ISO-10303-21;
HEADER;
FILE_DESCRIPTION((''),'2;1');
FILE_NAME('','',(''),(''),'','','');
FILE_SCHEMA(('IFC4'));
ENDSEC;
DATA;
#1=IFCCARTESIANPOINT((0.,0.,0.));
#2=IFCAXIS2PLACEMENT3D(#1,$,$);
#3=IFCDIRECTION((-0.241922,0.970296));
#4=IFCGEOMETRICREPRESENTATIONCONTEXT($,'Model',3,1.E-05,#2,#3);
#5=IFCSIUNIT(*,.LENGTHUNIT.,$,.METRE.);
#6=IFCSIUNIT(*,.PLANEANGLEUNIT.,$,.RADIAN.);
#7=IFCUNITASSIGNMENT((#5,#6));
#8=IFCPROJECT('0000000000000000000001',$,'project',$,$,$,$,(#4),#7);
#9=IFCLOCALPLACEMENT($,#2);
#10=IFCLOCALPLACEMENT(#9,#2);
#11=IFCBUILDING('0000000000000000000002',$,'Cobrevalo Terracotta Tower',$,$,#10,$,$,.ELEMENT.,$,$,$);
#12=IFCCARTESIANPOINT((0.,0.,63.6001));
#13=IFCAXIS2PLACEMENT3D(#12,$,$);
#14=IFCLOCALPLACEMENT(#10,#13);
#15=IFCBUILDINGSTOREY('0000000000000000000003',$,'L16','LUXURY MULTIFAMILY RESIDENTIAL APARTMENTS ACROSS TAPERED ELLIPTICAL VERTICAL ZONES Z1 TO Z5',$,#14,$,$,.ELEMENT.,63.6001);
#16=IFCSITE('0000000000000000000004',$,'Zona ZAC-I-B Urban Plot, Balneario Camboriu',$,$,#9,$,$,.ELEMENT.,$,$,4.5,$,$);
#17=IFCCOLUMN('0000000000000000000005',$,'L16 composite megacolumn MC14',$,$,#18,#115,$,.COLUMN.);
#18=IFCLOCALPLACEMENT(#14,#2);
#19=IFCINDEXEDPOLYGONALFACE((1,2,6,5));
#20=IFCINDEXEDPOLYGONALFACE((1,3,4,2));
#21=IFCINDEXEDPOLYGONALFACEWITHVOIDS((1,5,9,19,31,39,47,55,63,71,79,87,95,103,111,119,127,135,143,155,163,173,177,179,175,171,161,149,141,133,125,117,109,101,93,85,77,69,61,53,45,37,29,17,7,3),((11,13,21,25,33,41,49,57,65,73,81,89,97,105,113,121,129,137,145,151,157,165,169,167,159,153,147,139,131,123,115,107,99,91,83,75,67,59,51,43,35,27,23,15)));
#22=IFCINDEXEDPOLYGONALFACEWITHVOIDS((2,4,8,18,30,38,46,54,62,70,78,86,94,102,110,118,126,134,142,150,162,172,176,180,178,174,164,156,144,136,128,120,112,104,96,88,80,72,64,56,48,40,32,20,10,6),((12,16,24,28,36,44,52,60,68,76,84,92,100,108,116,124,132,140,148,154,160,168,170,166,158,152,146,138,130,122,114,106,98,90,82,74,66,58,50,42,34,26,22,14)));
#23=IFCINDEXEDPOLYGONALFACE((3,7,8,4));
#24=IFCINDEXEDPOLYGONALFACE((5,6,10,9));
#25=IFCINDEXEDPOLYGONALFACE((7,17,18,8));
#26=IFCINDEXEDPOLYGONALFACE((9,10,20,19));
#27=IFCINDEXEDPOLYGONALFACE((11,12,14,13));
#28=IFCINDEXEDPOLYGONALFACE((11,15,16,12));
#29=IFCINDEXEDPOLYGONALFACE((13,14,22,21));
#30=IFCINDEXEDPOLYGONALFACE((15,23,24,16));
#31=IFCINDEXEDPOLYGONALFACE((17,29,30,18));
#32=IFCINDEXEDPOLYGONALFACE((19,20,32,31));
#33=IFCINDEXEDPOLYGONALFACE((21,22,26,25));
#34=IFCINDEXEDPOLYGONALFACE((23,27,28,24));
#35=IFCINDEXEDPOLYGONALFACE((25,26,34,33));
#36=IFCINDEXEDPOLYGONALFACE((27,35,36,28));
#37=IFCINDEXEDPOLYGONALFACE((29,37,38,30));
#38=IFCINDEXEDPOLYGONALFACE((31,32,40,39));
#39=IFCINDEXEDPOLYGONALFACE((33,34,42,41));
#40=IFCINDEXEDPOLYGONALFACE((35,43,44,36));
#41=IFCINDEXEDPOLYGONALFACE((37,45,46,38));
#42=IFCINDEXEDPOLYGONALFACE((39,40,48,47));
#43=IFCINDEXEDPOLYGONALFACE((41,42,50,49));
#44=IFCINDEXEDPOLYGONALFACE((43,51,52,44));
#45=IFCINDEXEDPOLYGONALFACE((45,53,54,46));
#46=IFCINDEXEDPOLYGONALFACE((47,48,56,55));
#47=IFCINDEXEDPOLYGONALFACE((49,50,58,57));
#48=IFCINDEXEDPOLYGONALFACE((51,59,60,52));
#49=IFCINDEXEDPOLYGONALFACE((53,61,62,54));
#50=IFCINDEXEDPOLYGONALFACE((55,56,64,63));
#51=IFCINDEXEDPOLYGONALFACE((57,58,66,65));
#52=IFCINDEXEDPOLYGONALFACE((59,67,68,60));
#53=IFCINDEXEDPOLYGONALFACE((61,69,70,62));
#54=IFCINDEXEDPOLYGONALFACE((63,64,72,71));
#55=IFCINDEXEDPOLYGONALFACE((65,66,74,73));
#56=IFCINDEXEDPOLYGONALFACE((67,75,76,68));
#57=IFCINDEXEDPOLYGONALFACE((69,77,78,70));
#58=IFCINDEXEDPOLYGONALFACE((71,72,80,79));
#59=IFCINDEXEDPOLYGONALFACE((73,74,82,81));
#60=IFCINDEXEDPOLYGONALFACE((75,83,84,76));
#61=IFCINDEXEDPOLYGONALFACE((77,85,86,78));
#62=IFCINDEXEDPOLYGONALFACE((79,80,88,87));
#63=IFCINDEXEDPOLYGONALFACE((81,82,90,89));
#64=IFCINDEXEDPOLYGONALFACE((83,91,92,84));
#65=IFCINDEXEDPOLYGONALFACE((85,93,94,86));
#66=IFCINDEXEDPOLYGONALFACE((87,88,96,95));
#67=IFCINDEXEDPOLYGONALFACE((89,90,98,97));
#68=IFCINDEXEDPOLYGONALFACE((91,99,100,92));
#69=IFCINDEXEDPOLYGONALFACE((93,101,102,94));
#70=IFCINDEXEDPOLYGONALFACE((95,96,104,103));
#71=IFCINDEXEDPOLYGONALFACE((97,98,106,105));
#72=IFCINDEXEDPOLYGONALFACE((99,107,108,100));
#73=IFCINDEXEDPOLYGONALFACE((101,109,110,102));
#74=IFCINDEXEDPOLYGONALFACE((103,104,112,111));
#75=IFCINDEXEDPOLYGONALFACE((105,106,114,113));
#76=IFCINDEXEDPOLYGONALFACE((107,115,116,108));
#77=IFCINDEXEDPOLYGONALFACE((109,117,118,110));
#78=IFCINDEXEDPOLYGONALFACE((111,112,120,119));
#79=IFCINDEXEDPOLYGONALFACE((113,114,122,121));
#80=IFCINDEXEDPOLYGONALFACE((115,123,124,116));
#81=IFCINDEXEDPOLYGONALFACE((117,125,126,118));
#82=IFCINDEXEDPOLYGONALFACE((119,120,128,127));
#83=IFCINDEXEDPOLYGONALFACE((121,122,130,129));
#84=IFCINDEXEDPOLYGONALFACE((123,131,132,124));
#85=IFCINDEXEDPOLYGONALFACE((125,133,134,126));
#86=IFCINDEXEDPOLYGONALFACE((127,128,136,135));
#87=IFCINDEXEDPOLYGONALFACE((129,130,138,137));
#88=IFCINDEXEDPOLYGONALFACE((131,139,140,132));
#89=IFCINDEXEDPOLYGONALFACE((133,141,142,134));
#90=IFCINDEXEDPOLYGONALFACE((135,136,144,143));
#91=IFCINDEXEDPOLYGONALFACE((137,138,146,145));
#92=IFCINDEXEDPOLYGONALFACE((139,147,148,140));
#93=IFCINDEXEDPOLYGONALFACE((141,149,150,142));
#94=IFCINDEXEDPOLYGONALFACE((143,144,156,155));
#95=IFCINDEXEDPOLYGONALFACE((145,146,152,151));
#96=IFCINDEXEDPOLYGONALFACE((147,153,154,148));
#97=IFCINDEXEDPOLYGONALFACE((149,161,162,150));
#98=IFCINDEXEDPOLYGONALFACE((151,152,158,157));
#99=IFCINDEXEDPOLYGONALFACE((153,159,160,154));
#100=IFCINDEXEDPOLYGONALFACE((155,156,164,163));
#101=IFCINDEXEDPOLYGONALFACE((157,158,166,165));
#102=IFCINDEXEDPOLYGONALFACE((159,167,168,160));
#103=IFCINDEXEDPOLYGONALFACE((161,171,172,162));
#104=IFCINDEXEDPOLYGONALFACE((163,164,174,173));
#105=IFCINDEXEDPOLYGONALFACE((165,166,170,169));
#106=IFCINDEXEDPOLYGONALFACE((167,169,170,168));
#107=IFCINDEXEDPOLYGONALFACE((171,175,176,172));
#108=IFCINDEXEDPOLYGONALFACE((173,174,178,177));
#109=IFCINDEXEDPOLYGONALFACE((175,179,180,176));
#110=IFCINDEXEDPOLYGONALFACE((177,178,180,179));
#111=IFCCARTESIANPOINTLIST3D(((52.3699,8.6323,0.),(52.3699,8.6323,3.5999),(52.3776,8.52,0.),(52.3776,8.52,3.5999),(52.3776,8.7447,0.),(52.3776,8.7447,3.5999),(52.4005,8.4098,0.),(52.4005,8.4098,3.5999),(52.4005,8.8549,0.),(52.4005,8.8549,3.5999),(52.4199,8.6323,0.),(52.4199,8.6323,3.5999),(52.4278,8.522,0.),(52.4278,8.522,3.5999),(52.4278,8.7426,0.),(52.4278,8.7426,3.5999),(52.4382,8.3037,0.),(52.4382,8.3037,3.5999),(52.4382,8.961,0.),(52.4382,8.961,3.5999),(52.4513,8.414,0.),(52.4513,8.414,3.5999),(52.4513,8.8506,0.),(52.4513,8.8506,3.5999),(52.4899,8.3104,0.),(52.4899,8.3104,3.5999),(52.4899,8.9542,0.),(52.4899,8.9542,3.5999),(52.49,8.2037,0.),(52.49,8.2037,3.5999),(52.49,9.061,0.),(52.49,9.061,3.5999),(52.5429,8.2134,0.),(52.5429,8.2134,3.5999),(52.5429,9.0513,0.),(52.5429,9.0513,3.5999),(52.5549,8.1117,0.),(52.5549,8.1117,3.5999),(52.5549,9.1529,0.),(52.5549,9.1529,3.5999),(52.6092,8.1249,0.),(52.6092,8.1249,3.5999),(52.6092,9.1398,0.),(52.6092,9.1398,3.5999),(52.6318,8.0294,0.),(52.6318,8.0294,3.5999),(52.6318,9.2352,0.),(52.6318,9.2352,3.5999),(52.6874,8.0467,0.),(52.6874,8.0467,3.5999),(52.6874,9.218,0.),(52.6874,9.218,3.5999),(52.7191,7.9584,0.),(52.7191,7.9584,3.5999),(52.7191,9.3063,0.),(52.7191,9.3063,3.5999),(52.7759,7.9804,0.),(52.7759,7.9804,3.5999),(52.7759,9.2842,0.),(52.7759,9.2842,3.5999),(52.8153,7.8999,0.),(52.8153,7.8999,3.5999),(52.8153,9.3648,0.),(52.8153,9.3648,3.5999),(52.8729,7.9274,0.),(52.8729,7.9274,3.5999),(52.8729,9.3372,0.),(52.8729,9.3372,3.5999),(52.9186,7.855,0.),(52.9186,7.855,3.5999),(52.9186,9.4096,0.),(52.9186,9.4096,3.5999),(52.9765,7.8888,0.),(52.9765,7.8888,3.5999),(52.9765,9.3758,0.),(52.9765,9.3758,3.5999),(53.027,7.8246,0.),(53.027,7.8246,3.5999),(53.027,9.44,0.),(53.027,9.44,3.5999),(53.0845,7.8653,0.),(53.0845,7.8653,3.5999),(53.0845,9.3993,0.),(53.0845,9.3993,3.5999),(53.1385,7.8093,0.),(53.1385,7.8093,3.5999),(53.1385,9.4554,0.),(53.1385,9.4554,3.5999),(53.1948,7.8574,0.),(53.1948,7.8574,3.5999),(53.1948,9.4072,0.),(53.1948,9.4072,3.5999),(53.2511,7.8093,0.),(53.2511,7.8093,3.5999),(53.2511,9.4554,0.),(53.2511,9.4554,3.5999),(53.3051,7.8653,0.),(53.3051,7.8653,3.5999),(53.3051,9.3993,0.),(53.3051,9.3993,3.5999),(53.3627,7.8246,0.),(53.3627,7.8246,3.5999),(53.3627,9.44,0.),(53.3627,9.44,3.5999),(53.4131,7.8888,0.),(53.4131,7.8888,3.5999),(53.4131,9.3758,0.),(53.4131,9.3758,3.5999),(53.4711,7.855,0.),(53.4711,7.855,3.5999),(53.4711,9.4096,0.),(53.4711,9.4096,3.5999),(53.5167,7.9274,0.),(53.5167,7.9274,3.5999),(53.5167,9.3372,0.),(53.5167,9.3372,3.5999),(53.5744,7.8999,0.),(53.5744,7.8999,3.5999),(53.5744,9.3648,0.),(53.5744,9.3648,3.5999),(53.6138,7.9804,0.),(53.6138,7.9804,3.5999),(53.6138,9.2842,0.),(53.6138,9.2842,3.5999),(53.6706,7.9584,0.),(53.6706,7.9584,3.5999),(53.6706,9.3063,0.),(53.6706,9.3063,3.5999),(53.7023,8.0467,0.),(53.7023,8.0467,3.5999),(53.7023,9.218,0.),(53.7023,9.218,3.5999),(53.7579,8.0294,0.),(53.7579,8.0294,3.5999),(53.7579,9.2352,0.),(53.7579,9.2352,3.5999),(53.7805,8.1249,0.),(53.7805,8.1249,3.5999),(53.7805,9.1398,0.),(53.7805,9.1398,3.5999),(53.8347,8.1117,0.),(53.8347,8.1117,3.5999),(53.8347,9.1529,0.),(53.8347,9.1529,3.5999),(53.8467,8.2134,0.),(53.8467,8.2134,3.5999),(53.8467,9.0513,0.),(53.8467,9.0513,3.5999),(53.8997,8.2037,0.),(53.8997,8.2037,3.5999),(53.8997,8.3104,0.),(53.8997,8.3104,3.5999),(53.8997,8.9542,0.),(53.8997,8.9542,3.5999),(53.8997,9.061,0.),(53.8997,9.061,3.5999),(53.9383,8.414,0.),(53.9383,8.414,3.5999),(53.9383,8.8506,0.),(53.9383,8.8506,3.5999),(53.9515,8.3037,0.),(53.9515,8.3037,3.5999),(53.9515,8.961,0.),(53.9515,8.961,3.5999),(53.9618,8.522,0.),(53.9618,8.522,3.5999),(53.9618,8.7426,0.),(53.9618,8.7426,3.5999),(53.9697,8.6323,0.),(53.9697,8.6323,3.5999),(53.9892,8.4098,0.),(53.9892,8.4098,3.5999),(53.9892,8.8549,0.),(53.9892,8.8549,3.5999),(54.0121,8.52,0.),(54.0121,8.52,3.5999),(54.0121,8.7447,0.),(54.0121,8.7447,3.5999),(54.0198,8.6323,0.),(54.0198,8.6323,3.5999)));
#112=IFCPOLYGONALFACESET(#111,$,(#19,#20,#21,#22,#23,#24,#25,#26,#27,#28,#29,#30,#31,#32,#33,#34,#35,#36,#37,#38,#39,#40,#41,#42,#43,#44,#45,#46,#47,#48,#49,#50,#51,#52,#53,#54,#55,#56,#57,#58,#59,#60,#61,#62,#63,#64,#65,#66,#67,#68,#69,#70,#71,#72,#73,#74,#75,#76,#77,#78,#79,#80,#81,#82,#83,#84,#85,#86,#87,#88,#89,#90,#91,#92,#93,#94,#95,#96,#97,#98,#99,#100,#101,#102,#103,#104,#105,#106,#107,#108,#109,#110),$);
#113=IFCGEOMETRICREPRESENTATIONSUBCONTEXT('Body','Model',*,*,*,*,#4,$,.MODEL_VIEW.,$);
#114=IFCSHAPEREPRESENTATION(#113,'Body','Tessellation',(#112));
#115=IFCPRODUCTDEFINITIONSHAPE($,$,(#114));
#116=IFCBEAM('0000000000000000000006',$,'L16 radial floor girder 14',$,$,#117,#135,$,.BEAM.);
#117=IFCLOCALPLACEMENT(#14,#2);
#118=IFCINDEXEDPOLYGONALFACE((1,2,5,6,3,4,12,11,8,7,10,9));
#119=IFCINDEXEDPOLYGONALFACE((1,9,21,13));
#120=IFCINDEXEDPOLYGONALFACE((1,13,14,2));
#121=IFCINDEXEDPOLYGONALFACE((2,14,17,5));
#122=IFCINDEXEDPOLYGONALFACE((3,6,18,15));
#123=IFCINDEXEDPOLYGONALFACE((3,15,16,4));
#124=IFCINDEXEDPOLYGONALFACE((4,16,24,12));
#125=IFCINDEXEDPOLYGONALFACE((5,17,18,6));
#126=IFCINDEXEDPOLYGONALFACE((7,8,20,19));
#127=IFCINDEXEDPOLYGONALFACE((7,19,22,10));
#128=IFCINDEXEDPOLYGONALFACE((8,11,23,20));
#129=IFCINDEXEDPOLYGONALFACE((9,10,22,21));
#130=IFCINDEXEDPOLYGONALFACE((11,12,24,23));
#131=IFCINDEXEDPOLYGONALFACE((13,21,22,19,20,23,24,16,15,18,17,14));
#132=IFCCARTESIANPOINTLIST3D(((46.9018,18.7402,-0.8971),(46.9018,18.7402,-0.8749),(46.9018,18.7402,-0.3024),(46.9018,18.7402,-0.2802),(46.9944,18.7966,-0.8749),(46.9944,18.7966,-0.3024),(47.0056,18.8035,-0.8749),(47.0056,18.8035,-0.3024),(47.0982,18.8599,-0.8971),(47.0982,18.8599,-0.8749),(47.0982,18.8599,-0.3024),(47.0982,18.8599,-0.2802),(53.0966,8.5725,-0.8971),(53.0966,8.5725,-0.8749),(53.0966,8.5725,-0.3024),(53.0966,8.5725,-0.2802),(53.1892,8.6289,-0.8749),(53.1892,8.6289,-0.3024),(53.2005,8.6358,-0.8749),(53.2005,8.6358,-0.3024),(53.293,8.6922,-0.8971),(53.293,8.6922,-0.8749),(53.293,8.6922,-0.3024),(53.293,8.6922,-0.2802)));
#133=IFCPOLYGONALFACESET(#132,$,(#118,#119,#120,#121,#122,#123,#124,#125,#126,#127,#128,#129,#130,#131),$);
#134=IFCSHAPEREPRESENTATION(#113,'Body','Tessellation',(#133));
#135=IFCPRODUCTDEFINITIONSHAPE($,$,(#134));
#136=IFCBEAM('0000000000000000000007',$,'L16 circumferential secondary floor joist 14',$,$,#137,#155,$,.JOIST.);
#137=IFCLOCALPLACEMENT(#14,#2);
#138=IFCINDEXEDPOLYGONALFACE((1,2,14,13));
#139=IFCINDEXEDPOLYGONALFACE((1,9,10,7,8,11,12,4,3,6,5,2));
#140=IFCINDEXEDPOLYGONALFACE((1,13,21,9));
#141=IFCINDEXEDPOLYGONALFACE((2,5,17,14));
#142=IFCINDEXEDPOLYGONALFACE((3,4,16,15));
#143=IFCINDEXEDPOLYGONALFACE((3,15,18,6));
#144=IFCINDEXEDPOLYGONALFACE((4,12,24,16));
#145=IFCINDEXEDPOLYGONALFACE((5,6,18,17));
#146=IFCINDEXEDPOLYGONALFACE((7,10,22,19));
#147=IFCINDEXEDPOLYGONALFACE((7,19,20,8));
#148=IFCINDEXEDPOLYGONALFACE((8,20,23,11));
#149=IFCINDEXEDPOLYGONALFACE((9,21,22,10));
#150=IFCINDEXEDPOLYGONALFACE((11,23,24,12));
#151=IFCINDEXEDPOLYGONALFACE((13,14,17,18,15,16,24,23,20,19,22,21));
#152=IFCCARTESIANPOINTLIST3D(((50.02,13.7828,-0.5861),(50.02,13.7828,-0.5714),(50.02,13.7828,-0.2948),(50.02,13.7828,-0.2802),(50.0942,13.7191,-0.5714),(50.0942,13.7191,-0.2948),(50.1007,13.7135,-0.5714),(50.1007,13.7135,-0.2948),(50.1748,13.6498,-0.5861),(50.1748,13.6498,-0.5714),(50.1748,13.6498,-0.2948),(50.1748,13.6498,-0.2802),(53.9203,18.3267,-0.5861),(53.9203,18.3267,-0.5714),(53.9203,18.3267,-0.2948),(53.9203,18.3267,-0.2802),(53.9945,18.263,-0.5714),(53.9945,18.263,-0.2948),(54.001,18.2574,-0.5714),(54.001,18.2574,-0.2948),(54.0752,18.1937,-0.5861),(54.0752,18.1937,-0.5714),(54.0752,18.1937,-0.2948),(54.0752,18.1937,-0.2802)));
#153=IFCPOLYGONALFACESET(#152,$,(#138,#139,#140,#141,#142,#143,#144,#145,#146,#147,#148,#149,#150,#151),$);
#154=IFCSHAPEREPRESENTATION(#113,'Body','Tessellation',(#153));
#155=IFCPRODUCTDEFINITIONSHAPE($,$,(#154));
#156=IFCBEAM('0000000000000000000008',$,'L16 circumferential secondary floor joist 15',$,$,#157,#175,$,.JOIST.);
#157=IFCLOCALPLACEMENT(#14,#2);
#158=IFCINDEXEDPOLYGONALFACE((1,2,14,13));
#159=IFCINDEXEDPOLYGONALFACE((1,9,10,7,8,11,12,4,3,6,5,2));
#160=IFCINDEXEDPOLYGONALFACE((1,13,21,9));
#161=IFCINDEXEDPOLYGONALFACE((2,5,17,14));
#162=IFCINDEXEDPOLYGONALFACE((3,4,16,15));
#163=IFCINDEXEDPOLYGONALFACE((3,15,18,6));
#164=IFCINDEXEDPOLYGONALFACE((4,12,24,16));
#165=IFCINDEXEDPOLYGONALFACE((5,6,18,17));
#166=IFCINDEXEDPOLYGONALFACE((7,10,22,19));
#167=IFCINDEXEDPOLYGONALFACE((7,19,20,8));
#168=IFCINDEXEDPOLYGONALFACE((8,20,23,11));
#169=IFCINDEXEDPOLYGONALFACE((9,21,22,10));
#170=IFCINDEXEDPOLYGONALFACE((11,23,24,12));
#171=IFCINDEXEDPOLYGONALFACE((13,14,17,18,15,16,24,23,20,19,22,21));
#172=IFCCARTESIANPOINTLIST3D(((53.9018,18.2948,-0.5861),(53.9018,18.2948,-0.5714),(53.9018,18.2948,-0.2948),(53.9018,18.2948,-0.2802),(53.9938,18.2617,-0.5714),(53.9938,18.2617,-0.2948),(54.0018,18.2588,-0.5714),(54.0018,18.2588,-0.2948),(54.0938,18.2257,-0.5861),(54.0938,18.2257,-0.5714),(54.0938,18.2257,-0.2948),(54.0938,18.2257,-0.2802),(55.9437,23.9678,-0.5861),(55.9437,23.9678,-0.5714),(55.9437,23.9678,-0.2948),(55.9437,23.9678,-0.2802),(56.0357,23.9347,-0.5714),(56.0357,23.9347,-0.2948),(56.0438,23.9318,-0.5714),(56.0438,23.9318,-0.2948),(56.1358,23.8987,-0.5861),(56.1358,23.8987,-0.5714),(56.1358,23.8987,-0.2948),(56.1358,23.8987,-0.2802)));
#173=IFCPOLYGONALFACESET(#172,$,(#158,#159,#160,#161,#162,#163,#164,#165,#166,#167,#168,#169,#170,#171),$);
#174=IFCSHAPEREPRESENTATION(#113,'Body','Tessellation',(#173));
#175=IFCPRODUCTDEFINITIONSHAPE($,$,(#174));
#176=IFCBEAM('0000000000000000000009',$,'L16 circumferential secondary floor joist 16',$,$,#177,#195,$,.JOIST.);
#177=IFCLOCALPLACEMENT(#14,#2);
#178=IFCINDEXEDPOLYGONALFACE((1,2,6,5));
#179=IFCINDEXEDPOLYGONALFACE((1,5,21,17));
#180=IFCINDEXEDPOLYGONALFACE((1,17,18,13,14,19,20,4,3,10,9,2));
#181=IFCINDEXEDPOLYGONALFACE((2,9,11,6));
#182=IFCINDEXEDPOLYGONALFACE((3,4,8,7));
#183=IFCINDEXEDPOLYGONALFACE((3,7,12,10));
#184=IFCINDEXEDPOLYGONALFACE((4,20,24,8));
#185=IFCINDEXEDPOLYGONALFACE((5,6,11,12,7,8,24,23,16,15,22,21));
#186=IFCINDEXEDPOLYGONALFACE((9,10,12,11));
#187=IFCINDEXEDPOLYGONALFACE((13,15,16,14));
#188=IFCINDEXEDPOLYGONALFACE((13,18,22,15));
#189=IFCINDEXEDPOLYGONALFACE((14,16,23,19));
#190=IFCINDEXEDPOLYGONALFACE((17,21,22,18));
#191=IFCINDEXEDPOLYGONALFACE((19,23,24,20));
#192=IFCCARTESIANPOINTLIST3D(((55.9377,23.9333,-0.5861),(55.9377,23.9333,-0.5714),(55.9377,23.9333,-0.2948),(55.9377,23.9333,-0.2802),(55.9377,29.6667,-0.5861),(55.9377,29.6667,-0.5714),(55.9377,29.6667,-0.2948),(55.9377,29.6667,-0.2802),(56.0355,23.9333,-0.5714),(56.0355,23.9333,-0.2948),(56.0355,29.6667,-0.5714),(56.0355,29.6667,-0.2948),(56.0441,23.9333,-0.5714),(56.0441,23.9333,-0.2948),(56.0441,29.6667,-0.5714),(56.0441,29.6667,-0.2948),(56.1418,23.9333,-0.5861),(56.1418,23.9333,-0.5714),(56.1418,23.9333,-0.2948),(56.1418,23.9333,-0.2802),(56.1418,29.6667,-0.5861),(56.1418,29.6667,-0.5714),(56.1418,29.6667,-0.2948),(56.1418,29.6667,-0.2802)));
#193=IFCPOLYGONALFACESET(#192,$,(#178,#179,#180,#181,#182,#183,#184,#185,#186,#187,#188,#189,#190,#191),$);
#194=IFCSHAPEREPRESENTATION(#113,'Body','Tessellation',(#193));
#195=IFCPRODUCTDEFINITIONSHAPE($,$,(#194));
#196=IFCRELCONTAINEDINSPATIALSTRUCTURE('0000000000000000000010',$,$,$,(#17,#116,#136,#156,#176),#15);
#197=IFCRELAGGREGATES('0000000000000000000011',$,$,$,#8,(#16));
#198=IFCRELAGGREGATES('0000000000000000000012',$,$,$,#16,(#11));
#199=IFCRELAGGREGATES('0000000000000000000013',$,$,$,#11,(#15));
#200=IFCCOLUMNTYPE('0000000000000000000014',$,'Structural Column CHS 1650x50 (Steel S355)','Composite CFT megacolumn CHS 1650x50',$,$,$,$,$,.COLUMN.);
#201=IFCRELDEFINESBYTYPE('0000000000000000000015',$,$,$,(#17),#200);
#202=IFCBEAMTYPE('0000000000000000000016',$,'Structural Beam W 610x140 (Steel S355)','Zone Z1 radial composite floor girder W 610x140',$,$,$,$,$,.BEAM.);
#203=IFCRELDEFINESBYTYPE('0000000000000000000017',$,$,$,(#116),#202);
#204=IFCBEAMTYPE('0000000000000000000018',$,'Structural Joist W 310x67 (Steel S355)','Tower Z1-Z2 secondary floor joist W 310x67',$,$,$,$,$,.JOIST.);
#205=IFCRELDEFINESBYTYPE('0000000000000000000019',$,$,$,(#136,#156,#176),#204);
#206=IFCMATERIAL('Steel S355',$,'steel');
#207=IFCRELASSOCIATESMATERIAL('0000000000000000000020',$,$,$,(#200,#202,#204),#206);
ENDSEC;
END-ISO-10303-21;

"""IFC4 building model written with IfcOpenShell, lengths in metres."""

from ifc_helpers import new_model, si_unit, direction, frame, origin, origin_2d, place, context, subcontext, project, spatial, hollow_circle, i_section, extrude, material, material_profile, profile_set, type_object, element, save


model = new_model("IFC4")

# Units and contexts
model_context = context("Model", 3, precision=1e-05, world=origin(), true_north=direction((-0.241922, 0.970296)))
body_context = subcontext(model_context, "Body", "Model", "MODEL_VIEW")
ifc_project = project(units=[si_unit("LENGTHUNIT", "METRE"), si_unit("PLANEANGLEUNIT", "RADIAN")], contexts=[model_context])

# Site, building, storey
site_placement = place(None, origin())
site = spatial("IfcSite", under=ifc_project, at=site_placement, Name="Zona ZAC-I-B Urban Plot, Balneario Camboriu", CompositionType="ELEMENT", RefElevation=4.5)
building_placement = place(site_placement, origin())
building = spatial("IfcBuilding", under=site, at=building_placement, Name="Cobrevalo Terracotta Tower", CompositionType="ELEMENT")
storey_placement = place(building_placement, frame((0.0, 0.0, 63.6001)))
storey = spatial("IfcBuildingStorey", under=building, at=storey_placement, Name="L16", Description="LUXURY MULTIFAMILY RESIDENTIAL APARTMENTS ACROSS TAPERED ELLIPTICAL VERTICAL ZONES Z1 TO Z5", CompositionType="ELEMENT", Elevation=63.6001)

# Column
ifc_material_1 = material(Name="Steel S355", Category="steel")
ifc_material_profile_1 = material_profile(ifc_material_1, hollow_circle(Radius=0.825, WallThickness=0.05, at=origin_2d()), Name="CHS 1650x50")
ifc_profile_set_1 = profile_set([ifc_material_profile_1], Name="Steel S355")
column_type = type_object("IfcColumnType", Name="Structural Column CHS 1650x50 (Steel S355)", Description="Composite CFT megacolumn CHS 1650x50", PredefinedType="COLUMN", material=ifc_profile_set_1)
column_placement = place(storey_placement, frame((53.1948, 8.6323, 0.0), z_axis=(0.0, 0.0, 1.0), x_axis=(1.0, 0.0, 0.0)))
element("IfcColumn", 1, at=column_placement, inside=storey, type_object=column_type, Name="L16 composite megacolumn MC14", PredefinedType="COLUMN", context=body_context, shape_type="SweptSolid", body=[
    extrude(hollow_circle(Radius=0.825, WallThickness=0.05, at=origin_2d()), origin(), (0.0, 0.0, 1.0), 3.5999),
])

# Beams
ifc_material_profile_2 = material_profile(ifc_material_1, i_section(OverallWidth=0.23, OverallDepth=0.6169, WebThickness=0.0132, FlangeThickness=0.0222, at=origin_2d()), Name="W 610x140")
ifc_profile_set_2 = profile_set([ifc_material_profile_2], Name="Steel S355")
beam_type_1 = type_object("IfcBeamType", Name="Structural Beam W 610x140 (Steel S355)", Description="Zone Z1 radial composite floor girder W 610x140", PredefinedType="BEAM", material=ifc_profile_set_2)
beam_1_placement = place(storey_placement, frame((53.1948, 8.6323, -0.5886), z_axis=(-0.520301, 0.853983, 0.0), x_axis=(-0.853983, -0.520301, 0.0)))
element("IfcBeam", 2, at=beam_1_placement, inside=storey, type_object=beam_type_1, Name="L16 radial floor girder 14", PredefinedType="BEAM", context=body_context, shape_type="SweptSolid", body=[
    extrude(i_section(OverallWidth=0.23, OverallDepth=0.6169, WebThickness=0.0132, FlangeThickness=0.0222, at=origin_2d()), origin(), (0.0, 0.0, 1.0), 11.9062),
])
ifc_material_profile_3 = material_profile(ifc_material_1, i_section(OverallWidth=0.2041, OverallDepth=0.3059, WebThickness=0.0085, FlangeThickness=0.0146, at=origin_2d()), Name="W 310x67")
ifc_profile_set_3 = profile_set([ifc_material_profile_3], Name="Steel S355")
beam_type_2 = type_object("IfcBeamType", Name="Structural Joist W 310x67 (Steel S355)", Description="Tower Z1-Z2 secondary floor joist W 310x67", PredefinedType="JOIST", material=ifc_profile_set_3)
beam_2_placement = place(storey_placement, frame((50.0974, 13.7163, -0.4331), z_axis=(0.651328, 0.758796, 0.0), x_axis=(-0.758796, 0.651328, 0.0)))
element("IfcBeam", 3, at=beam_2_placement, inside=storey, type_object=beam_type_2, Name="L16 circumferential secondary floor joist 14", PredefinedType="JOIST", context=body_context, shape_type="SweptSolid", body=[
    extrude(i_section(OverallWidth=0.2041, OverallDepth=0.3059, WebThickness=0.0085, FlangeThickness=0.0146, at=origin_2d()), origin(), (0.0, 0.0, 1.0), 5.9883),
])
beam_3_placement = place(storey_placement, frame((53.9978, 18.2603, -0.4331), z_axis=(0.338672, 0.940904, 0.0), x_axis=(-0.940904, 0.338672, 0.0)))
element("IfcBeam", 4, at=beam_3_placement, inside=storey, type_object=beam_type_2, Name="L16 circumferential secondary floor joist 15", PredefinedType="JOIST", context=body_context, shape_type="SweptSolid", body=[
    extrude(i_section(OverallWidth=0.2041, OverallDepth=0.3059, WebThickness=0.0085, FlangeThickness=0.0146, at=origin_2d()), origin(), (0.0, 0.0, 1.0), 6.0293),
])
beam_4_placement = place(storey_placement, frame((56.0398, 23.9333, -0.4331), z_axis=(0.0, 1.0, 0.0), x_axis=(-1.0, 0.0, 0.0)))
element("IfcBeam", 5, at=beam_4_placement, inside=storey, type_object=beam_type_2, Name="L16 circumferential secondary floor joist 16", PredefinedType="JOIST", context=body_context, shape_type="SweptSolid", body=[
    extrude(i_section(OverallWidth=0.2041, OverallDepth=0.3059, WebThickness=0.0085, FlangeThickness=0.0146, at=origin_2d()), origin(), (0.0, 0.0, 1.0), 5.7334),
])

save(model, "model.ifc")
